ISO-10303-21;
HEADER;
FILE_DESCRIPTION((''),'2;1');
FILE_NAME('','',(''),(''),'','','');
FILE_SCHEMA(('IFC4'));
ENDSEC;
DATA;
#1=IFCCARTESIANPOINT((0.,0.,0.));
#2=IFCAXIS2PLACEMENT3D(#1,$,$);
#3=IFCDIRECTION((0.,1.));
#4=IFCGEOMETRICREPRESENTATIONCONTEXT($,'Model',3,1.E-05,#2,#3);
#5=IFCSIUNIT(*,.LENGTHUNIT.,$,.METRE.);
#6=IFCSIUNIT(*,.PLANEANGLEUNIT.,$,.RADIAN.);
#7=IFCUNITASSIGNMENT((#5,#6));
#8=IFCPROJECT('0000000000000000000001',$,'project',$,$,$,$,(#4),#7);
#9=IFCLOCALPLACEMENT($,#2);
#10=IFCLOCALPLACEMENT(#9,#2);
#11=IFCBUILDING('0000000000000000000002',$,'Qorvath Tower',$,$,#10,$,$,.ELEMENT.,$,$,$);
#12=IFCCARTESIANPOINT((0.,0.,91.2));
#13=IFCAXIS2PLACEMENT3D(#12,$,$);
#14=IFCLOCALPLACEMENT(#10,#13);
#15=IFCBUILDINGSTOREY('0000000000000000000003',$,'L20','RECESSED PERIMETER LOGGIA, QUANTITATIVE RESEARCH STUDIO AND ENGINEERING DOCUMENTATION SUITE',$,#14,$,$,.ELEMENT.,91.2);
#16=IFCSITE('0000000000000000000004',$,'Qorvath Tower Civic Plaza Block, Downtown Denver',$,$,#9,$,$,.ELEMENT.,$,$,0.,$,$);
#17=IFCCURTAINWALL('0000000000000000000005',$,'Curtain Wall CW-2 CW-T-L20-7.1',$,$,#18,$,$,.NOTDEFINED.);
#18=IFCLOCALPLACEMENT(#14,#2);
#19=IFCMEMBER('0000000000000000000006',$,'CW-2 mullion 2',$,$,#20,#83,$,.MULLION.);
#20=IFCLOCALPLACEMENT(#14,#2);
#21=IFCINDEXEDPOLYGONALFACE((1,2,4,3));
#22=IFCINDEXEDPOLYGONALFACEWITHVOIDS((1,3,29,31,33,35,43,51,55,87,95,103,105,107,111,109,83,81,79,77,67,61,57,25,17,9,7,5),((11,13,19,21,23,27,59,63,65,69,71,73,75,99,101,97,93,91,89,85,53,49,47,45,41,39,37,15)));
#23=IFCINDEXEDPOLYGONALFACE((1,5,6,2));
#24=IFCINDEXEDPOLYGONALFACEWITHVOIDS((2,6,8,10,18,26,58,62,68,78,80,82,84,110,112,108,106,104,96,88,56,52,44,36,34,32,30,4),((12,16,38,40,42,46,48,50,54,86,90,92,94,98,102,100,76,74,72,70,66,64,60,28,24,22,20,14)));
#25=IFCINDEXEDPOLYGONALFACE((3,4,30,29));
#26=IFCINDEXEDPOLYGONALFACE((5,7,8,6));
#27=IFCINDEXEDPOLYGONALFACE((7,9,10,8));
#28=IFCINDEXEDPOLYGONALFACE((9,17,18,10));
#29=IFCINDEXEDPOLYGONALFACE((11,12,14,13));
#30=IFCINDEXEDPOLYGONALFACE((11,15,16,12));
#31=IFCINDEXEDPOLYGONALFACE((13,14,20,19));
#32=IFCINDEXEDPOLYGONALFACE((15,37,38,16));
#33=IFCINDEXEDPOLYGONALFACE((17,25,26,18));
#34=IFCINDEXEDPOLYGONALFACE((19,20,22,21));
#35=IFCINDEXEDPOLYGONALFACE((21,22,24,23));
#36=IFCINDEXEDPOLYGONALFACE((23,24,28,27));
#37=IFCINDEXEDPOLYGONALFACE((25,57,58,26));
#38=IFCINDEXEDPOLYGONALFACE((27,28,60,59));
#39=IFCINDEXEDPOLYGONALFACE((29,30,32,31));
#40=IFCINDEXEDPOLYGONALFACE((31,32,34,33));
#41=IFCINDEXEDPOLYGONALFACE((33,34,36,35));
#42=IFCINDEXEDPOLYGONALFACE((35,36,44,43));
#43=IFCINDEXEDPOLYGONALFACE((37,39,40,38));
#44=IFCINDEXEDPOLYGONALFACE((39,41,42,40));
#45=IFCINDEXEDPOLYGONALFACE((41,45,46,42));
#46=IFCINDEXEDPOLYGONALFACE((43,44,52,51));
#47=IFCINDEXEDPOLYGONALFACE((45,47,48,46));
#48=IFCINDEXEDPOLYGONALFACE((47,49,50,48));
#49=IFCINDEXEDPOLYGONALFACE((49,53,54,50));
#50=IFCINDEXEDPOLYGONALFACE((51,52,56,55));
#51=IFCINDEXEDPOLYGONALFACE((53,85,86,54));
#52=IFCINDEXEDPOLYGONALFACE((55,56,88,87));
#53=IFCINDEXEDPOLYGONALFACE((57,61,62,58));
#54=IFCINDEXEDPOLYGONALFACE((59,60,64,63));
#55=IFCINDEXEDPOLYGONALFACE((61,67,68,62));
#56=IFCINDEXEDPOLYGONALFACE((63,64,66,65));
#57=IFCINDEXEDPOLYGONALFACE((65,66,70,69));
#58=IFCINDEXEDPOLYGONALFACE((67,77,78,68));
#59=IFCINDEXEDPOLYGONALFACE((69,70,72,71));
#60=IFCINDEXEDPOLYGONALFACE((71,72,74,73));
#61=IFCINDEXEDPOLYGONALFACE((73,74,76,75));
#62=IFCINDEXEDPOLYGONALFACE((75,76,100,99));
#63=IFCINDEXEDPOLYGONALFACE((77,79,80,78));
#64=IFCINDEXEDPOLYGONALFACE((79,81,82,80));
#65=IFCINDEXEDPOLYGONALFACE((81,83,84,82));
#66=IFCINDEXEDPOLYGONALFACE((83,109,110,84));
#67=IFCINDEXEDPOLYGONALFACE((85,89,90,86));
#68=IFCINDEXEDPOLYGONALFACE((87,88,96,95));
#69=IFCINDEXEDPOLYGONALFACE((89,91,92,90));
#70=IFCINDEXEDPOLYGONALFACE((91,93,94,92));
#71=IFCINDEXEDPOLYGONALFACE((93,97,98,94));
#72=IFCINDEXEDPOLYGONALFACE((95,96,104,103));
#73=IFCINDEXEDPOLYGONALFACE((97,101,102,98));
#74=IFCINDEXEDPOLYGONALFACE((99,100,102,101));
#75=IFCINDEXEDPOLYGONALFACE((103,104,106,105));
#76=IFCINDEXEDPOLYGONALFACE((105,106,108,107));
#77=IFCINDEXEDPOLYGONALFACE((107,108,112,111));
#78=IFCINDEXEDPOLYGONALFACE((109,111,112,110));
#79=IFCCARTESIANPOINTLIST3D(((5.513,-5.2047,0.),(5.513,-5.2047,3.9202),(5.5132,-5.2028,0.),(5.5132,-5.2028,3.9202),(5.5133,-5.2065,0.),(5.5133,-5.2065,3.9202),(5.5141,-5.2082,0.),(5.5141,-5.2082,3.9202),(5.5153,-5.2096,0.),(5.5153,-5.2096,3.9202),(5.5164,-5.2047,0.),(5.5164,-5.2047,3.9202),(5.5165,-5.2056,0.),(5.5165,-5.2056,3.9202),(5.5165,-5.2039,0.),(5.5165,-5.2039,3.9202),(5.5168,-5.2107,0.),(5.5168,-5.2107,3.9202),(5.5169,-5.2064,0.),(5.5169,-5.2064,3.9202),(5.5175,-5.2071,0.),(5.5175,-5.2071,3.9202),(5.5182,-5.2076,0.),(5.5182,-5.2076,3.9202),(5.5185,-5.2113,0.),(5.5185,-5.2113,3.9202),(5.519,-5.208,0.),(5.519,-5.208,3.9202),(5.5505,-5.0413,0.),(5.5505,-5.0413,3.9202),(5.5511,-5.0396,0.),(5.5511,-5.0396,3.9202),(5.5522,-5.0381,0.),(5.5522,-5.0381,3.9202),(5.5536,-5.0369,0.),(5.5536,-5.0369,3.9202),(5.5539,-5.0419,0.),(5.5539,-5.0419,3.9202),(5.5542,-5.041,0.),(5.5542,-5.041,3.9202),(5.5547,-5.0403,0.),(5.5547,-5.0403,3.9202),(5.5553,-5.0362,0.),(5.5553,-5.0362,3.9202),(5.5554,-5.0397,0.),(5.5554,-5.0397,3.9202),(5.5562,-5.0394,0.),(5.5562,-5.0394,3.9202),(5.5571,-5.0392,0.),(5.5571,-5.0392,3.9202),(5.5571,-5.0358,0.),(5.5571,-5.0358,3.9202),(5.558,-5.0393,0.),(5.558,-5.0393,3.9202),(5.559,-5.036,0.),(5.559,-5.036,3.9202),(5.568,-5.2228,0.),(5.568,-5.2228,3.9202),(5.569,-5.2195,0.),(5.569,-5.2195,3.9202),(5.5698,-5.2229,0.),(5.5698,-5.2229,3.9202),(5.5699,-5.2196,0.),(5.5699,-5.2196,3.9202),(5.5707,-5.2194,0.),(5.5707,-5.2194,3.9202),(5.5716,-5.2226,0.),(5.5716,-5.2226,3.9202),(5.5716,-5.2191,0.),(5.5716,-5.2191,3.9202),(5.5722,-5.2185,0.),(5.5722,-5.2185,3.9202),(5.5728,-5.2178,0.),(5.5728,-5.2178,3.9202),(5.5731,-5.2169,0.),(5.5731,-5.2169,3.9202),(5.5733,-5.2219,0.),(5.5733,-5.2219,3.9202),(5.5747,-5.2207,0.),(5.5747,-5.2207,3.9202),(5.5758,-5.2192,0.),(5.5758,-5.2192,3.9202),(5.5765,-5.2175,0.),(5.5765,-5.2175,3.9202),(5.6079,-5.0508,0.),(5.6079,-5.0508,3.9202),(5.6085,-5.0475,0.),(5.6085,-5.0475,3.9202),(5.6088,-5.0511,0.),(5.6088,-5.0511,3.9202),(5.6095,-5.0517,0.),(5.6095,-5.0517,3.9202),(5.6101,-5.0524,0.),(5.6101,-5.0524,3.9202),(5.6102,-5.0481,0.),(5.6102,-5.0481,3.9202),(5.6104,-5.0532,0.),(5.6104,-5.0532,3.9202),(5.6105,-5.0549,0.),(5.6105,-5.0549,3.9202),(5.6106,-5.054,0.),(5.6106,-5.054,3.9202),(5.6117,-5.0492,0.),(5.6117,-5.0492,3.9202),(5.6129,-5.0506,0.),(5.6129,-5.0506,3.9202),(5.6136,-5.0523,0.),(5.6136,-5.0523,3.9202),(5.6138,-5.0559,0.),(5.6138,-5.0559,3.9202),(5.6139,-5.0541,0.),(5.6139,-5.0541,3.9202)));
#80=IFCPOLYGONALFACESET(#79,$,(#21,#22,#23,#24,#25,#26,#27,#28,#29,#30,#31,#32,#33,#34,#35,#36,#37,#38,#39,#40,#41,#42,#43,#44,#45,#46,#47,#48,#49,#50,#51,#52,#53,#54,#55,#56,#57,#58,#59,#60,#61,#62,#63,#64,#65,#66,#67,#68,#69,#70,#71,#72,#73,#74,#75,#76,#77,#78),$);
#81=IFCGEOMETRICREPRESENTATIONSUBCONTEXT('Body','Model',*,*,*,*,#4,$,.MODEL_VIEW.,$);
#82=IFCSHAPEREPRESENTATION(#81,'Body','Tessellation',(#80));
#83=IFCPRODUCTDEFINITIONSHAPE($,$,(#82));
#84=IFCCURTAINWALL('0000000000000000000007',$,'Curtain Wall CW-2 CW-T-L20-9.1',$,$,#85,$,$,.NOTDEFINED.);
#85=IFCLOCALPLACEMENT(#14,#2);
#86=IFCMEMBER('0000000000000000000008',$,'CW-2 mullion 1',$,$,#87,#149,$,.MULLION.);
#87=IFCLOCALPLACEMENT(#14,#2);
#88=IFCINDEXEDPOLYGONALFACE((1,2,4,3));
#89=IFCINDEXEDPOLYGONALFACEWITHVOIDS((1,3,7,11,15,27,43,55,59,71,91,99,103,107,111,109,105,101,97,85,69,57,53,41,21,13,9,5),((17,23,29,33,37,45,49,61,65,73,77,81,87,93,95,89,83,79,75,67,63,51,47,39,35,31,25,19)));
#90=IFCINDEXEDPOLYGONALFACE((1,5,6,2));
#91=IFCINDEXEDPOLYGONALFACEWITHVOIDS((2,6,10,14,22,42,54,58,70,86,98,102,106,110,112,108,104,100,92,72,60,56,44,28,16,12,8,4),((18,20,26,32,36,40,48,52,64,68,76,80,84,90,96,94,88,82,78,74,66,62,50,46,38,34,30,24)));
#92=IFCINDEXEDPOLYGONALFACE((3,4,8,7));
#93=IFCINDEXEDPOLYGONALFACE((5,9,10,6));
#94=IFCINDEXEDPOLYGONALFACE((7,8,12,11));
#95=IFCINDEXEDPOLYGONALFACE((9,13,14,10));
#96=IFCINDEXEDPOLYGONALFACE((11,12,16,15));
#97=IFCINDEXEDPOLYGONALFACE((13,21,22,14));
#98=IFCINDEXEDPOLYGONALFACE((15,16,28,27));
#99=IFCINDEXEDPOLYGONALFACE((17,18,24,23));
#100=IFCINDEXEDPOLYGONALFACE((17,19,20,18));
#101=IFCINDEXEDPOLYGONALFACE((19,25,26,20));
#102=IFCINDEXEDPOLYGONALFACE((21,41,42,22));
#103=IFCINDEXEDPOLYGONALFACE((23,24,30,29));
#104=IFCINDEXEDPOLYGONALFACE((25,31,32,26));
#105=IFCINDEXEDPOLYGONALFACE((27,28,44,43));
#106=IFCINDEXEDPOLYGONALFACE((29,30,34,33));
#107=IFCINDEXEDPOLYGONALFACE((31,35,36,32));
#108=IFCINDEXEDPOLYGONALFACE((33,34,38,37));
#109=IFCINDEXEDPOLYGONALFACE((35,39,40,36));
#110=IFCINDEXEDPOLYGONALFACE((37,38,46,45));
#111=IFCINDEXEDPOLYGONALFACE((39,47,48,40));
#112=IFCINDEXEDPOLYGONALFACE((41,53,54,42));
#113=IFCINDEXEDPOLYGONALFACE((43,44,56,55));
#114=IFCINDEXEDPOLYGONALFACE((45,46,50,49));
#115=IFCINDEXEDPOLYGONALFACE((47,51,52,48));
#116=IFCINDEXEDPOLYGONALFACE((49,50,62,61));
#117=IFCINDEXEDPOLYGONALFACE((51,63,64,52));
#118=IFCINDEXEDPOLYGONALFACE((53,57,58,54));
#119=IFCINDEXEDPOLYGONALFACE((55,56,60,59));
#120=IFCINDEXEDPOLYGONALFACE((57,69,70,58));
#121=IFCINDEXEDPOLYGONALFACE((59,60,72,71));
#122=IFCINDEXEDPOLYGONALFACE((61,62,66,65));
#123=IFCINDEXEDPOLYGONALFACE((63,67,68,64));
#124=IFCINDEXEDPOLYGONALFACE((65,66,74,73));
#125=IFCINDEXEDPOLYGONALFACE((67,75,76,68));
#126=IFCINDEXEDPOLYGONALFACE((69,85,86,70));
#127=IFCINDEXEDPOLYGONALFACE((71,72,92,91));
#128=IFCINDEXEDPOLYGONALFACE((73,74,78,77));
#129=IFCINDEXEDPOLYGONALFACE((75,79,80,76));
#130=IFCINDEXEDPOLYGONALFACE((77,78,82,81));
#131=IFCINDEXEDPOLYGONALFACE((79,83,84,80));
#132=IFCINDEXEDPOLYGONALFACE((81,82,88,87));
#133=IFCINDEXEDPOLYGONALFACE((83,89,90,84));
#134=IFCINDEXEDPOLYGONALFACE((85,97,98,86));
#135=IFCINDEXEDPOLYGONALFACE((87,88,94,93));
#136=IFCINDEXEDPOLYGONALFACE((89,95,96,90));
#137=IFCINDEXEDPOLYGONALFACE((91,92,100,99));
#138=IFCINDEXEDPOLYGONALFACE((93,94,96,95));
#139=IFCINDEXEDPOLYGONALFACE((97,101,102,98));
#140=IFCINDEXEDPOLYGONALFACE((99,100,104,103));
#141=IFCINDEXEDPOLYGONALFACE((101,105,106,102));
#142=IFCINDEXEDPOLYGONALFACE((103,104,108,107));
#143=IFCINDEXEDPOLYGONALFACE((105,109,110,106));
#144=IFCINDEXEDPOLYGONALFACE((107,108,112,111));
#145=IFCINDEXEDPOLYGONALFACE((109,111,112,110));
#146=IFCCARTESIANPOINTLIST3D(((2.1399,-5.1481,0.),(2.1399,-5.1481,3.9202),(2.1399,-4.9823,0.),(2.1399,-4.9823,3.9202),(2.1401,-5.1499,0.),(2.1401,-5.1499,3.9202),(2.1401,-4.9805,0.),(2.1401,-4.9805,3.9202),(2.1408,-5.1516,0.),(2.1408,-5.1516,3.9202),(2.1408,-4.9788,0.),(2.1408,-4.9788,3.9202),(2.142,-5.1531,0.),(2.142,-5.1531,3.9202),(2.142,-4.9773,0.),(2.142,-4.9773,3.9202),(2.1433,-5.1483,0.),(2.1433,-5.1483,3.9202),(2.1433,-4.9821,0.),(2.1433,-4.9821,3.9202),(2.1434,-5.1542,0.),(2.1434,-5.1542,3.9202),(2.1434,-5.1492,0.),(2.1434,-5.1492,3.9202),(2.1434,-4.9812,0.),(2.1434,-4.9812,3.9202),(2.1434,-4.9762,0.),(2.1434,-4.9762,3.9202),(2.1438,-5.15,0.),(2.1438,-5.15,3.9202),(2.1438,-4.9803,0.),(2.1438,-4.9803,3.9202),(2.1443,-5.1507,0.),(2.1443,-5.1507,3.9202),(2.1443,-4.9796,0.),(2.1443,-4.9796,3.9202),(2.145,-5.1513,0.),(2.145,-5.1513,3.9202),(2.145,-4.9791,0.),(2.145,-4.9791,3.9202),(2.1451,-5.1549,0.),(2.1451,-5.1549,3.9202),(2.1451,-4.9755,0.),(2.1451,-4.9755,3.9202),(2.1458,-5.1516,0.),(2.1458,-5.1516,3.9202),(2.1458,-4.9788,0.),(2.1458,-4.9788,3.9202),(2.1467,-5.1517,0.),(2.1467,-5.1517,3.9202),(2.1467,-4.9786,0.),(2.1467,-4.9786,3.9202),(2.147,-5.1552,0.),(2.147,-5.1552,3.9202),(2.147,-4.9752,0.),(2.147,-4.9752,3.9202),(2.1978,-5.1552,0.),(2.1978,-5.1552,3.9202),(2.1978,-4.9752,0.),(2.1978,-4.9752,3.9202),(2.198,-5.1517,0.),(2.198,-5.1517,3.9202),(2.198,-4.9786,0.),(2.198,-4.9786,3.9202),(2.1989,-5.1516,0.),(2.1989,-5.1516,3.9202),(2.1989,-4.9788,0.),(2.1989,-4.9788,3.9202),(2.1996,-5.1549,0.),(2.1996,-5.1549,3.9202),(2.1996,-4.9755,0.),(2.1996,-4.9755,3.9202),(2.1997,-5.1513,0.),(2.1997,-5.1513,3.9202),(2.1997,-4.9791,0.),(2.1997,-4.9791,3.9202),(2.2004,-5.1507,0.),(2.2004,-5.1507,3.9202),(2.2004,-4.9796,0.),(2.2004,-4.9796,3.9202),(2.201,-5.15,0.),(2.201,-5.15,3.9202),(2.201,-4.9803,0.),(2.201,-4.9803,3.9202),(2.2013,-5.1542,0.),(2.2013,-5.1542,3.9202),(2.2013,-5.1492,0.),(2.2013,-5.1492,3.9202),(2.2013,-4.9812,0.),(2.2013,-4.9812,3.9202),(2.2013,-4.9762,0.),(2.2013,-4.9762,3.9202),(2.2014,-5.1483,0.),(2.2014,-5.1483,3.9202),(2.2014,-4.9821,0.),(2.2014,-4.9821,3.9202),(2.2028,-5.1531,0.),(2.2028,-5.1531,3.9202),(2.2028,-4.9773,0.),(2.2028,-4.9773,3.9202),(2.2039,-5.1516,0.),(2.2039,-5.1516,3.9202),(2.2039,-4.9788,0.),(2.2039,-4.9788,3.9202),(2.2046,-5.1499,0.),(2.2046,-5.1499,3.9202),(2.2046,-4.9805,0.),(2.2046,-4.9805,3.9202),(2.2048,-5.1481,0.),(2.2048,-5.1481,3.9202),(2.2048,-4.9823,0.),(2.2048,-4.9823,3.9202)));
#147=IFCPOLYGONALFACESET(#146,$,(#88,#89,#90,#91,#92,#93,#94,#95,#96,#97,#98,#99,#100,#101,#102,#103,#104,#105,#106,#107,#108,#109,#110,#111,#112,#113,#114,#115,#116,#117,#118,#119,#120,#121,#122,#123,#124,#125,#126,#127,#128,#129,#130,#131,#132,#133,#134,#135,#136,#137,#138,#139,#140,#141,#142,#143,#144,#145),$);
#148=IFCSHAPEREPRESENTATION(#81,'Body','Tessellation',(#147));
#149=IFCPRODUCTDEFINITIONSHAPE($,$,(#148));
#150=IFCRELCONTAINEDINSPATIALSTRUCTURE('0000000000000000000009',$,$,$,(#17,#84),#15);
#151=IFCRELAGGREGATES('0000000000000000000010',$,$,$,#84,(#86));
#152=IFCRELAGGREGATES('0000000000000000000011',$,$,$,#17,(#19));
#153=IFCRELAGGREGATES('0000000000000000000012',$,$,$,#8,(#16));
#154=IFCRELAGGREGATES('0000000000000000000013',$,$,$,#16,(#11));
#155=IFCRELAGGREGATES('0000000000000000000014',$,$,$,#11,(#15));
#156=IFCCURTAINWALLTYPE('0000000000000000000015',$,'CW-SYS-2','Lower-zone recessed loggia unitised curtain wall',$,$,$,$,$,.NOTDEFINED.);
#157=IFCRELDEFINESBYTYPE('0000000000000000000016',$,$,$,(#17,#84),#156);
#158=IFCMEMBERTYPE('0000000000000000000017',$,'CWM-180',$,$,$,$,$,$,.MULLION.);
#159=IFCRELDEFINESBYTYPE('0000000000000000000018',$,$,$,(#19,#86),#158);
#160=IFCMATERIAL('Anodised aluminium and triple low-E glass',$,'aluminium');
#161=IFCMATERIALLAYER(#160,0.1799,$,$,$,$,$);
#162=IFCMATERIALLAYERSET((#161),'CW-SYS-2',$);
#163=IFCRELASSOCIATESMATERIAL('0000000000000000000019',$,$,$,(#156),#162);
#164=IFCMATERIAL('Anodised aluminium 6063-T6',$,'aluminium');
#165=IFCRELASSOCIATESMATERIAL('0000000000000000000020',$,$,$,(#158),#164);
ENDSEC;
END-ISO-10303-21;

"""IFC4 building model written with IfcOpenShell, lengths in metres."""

from ifc_helpers import new_model, si_unit, direction, frame, origin, origin_2d, place, context, subcontext, project, spatial, hollow_rectangle, extrude, material, layer, layer_set, material_profile, profile_set, type_object, element, aggregate, save


model = new_model("IFC4")

# Units and contexts
model_context = context("Model", 3, precision=1e-05, world=origin(), true_north=direction((0.0, 1.0)))
body_context = subcontext(model_context, "Body", "Model", "MODEL_VIEW")
ifc_project = project(units=[si_unit("LENGTHUNIT", "METRE"), si_unit("PLANEANGLEUNIT", "RADIAN")], contexts=[model_context])

# Site, building, storey
site_placement = place(None, origin())
site = spatial("IfcSite", under=ifc_project, at=site_placement, Name="Qorvath Tower Civic Plaza Block, Downtown Denver", CompositionType="ELEMENT", RefElevation=0.0)
building_placement = place(site_placement, origin())
building = spatial("IfcBuilding", under=site, at=building_placement, Name="Qorvath Tower", CompositionType="ELEMENT")
storey_placement = place(building_placement, frame((0.0, 0.0, 91.2)))
storey = spatial("IfcBuildingStorey", under=building, at=storey_placement, Name="L20", Description="RECESSED PERIMETER LOGGIA, QUANTITATIVE RESEARCH STUDIO AND ENGINEERING DOCUMENTATION SUITE", CompositionType="ELEMENT", Elevation=91.2)

# Shared definitions
ifc_material_1 = material(Name="Anodised aluminium and triple low-E glass", Category="aluminium")
ifc_layer_1 = layer(ifc_material_1, 0.1799)
ifc_layer_set_1 = layer_set([ifc_layer_1], Name="CW-SYS-2")
curtain_wall_type = type_object("IfcCurtainWallType", Name="CW-SYS-2", Description="Lower-zone recessed loggia unitised curtain wall", PredefinedType="NOTDEFINED", material=ifc_layer_set_1)
ifc_material_2 = material(Name="Anodised aluminium 6063-T6", Category="aluminium")
ifc_material_profile_1 = material_profile(ifc_material_2, hollow_rectangle(XDim=0.0649, YDim=0.1799, WallThickness=0.0034, InnerFilletRadius=0.0034, OuterFilletRadius=0.0071, at=origin_2d()), Name="CWM 180x65")
ifc_profile_set_1 = profile_set([ifc_material_profile_1], Name="Anodised aluminium 6063-T6")
member_type_1 = type_object("IfcMemberType", Name="CWM-180", PredefinedType="MULLION", material=ifc_profile_set_1)

# Curtain wall, member
curtain_wall_1_placement = place(storey_placement, origin())
curtain_wall_1 = element("IfcCurtainWall", 1, at=curtain_wall_1_placement, inside=storey, type_object=curtain_wall_type, Name="Curtain Wall CW-2 CW-T-L20-7.1", PredefinedType="NOTDEFINED")
member_1_placement = place(storey_placement, frame((5.5635, -5.1294, 0.0), z_axis=(0.0, 0.0, 1.0), x_axis=(-0.974351, 0.225034, 0.0)))
member_1 = element("IfcMember", 2, at=member_1_placement, type_object=member_type_1, Name="CW-2 mullion 2", PredefinedType="MULLION", context=body_context, shape_type="SweptSolid", body=[
    extrude(hollow_rectangle(XDim=0.0649, YDim=0.1799, WallThickness=0.0034, InnerFilletRadius=0.0034, OuterFilletRadius=0.0071, at=origin_2d()), origin(), (0.0, 0.0, 1.0), 3.9202),
])

# Curtain wall, member
curtain_wall_2_placement = place(storey_placement, origin())
curtain_wall_2 = element("IfcCurtainWall", 3, at=curtain_wall_2_placement, inside=storey, type_object=curtain_wall_type, Name="Curtain Wall CW-2 CW-T-L20-9.1", PredefinedType="NOTDEFINED")
member_2_placement = place(storey_placement, frame((2.1724, -5.0652, 0.0), z_axis=(0.0, 0.0, 1.0), x_axis=(-1.0, 0.0, 0.0)))
member_2 = element("IfcMember", 4, at=member_2_placement, type_object=member_type_1, Name="CW-2 mullion 1", PredefinedType="MULLION", context=body_context, shape_type="SweptSolid", body=[
    extrude(hollow_rectangle(XDim=0.0649, YDim=0.1799, WallThickness=0.0034, InnerFilletRadius=0.0034, OuterFilletRadius=0.0071, at=origin_2d()), origin(), (0.0, 0.0, 1.0), 3.9202),
])
aggregate(curtain_wall_2, [member_2])

aggregate(curtain_wall_1, [member_1])

save(model, "model.ifc")
